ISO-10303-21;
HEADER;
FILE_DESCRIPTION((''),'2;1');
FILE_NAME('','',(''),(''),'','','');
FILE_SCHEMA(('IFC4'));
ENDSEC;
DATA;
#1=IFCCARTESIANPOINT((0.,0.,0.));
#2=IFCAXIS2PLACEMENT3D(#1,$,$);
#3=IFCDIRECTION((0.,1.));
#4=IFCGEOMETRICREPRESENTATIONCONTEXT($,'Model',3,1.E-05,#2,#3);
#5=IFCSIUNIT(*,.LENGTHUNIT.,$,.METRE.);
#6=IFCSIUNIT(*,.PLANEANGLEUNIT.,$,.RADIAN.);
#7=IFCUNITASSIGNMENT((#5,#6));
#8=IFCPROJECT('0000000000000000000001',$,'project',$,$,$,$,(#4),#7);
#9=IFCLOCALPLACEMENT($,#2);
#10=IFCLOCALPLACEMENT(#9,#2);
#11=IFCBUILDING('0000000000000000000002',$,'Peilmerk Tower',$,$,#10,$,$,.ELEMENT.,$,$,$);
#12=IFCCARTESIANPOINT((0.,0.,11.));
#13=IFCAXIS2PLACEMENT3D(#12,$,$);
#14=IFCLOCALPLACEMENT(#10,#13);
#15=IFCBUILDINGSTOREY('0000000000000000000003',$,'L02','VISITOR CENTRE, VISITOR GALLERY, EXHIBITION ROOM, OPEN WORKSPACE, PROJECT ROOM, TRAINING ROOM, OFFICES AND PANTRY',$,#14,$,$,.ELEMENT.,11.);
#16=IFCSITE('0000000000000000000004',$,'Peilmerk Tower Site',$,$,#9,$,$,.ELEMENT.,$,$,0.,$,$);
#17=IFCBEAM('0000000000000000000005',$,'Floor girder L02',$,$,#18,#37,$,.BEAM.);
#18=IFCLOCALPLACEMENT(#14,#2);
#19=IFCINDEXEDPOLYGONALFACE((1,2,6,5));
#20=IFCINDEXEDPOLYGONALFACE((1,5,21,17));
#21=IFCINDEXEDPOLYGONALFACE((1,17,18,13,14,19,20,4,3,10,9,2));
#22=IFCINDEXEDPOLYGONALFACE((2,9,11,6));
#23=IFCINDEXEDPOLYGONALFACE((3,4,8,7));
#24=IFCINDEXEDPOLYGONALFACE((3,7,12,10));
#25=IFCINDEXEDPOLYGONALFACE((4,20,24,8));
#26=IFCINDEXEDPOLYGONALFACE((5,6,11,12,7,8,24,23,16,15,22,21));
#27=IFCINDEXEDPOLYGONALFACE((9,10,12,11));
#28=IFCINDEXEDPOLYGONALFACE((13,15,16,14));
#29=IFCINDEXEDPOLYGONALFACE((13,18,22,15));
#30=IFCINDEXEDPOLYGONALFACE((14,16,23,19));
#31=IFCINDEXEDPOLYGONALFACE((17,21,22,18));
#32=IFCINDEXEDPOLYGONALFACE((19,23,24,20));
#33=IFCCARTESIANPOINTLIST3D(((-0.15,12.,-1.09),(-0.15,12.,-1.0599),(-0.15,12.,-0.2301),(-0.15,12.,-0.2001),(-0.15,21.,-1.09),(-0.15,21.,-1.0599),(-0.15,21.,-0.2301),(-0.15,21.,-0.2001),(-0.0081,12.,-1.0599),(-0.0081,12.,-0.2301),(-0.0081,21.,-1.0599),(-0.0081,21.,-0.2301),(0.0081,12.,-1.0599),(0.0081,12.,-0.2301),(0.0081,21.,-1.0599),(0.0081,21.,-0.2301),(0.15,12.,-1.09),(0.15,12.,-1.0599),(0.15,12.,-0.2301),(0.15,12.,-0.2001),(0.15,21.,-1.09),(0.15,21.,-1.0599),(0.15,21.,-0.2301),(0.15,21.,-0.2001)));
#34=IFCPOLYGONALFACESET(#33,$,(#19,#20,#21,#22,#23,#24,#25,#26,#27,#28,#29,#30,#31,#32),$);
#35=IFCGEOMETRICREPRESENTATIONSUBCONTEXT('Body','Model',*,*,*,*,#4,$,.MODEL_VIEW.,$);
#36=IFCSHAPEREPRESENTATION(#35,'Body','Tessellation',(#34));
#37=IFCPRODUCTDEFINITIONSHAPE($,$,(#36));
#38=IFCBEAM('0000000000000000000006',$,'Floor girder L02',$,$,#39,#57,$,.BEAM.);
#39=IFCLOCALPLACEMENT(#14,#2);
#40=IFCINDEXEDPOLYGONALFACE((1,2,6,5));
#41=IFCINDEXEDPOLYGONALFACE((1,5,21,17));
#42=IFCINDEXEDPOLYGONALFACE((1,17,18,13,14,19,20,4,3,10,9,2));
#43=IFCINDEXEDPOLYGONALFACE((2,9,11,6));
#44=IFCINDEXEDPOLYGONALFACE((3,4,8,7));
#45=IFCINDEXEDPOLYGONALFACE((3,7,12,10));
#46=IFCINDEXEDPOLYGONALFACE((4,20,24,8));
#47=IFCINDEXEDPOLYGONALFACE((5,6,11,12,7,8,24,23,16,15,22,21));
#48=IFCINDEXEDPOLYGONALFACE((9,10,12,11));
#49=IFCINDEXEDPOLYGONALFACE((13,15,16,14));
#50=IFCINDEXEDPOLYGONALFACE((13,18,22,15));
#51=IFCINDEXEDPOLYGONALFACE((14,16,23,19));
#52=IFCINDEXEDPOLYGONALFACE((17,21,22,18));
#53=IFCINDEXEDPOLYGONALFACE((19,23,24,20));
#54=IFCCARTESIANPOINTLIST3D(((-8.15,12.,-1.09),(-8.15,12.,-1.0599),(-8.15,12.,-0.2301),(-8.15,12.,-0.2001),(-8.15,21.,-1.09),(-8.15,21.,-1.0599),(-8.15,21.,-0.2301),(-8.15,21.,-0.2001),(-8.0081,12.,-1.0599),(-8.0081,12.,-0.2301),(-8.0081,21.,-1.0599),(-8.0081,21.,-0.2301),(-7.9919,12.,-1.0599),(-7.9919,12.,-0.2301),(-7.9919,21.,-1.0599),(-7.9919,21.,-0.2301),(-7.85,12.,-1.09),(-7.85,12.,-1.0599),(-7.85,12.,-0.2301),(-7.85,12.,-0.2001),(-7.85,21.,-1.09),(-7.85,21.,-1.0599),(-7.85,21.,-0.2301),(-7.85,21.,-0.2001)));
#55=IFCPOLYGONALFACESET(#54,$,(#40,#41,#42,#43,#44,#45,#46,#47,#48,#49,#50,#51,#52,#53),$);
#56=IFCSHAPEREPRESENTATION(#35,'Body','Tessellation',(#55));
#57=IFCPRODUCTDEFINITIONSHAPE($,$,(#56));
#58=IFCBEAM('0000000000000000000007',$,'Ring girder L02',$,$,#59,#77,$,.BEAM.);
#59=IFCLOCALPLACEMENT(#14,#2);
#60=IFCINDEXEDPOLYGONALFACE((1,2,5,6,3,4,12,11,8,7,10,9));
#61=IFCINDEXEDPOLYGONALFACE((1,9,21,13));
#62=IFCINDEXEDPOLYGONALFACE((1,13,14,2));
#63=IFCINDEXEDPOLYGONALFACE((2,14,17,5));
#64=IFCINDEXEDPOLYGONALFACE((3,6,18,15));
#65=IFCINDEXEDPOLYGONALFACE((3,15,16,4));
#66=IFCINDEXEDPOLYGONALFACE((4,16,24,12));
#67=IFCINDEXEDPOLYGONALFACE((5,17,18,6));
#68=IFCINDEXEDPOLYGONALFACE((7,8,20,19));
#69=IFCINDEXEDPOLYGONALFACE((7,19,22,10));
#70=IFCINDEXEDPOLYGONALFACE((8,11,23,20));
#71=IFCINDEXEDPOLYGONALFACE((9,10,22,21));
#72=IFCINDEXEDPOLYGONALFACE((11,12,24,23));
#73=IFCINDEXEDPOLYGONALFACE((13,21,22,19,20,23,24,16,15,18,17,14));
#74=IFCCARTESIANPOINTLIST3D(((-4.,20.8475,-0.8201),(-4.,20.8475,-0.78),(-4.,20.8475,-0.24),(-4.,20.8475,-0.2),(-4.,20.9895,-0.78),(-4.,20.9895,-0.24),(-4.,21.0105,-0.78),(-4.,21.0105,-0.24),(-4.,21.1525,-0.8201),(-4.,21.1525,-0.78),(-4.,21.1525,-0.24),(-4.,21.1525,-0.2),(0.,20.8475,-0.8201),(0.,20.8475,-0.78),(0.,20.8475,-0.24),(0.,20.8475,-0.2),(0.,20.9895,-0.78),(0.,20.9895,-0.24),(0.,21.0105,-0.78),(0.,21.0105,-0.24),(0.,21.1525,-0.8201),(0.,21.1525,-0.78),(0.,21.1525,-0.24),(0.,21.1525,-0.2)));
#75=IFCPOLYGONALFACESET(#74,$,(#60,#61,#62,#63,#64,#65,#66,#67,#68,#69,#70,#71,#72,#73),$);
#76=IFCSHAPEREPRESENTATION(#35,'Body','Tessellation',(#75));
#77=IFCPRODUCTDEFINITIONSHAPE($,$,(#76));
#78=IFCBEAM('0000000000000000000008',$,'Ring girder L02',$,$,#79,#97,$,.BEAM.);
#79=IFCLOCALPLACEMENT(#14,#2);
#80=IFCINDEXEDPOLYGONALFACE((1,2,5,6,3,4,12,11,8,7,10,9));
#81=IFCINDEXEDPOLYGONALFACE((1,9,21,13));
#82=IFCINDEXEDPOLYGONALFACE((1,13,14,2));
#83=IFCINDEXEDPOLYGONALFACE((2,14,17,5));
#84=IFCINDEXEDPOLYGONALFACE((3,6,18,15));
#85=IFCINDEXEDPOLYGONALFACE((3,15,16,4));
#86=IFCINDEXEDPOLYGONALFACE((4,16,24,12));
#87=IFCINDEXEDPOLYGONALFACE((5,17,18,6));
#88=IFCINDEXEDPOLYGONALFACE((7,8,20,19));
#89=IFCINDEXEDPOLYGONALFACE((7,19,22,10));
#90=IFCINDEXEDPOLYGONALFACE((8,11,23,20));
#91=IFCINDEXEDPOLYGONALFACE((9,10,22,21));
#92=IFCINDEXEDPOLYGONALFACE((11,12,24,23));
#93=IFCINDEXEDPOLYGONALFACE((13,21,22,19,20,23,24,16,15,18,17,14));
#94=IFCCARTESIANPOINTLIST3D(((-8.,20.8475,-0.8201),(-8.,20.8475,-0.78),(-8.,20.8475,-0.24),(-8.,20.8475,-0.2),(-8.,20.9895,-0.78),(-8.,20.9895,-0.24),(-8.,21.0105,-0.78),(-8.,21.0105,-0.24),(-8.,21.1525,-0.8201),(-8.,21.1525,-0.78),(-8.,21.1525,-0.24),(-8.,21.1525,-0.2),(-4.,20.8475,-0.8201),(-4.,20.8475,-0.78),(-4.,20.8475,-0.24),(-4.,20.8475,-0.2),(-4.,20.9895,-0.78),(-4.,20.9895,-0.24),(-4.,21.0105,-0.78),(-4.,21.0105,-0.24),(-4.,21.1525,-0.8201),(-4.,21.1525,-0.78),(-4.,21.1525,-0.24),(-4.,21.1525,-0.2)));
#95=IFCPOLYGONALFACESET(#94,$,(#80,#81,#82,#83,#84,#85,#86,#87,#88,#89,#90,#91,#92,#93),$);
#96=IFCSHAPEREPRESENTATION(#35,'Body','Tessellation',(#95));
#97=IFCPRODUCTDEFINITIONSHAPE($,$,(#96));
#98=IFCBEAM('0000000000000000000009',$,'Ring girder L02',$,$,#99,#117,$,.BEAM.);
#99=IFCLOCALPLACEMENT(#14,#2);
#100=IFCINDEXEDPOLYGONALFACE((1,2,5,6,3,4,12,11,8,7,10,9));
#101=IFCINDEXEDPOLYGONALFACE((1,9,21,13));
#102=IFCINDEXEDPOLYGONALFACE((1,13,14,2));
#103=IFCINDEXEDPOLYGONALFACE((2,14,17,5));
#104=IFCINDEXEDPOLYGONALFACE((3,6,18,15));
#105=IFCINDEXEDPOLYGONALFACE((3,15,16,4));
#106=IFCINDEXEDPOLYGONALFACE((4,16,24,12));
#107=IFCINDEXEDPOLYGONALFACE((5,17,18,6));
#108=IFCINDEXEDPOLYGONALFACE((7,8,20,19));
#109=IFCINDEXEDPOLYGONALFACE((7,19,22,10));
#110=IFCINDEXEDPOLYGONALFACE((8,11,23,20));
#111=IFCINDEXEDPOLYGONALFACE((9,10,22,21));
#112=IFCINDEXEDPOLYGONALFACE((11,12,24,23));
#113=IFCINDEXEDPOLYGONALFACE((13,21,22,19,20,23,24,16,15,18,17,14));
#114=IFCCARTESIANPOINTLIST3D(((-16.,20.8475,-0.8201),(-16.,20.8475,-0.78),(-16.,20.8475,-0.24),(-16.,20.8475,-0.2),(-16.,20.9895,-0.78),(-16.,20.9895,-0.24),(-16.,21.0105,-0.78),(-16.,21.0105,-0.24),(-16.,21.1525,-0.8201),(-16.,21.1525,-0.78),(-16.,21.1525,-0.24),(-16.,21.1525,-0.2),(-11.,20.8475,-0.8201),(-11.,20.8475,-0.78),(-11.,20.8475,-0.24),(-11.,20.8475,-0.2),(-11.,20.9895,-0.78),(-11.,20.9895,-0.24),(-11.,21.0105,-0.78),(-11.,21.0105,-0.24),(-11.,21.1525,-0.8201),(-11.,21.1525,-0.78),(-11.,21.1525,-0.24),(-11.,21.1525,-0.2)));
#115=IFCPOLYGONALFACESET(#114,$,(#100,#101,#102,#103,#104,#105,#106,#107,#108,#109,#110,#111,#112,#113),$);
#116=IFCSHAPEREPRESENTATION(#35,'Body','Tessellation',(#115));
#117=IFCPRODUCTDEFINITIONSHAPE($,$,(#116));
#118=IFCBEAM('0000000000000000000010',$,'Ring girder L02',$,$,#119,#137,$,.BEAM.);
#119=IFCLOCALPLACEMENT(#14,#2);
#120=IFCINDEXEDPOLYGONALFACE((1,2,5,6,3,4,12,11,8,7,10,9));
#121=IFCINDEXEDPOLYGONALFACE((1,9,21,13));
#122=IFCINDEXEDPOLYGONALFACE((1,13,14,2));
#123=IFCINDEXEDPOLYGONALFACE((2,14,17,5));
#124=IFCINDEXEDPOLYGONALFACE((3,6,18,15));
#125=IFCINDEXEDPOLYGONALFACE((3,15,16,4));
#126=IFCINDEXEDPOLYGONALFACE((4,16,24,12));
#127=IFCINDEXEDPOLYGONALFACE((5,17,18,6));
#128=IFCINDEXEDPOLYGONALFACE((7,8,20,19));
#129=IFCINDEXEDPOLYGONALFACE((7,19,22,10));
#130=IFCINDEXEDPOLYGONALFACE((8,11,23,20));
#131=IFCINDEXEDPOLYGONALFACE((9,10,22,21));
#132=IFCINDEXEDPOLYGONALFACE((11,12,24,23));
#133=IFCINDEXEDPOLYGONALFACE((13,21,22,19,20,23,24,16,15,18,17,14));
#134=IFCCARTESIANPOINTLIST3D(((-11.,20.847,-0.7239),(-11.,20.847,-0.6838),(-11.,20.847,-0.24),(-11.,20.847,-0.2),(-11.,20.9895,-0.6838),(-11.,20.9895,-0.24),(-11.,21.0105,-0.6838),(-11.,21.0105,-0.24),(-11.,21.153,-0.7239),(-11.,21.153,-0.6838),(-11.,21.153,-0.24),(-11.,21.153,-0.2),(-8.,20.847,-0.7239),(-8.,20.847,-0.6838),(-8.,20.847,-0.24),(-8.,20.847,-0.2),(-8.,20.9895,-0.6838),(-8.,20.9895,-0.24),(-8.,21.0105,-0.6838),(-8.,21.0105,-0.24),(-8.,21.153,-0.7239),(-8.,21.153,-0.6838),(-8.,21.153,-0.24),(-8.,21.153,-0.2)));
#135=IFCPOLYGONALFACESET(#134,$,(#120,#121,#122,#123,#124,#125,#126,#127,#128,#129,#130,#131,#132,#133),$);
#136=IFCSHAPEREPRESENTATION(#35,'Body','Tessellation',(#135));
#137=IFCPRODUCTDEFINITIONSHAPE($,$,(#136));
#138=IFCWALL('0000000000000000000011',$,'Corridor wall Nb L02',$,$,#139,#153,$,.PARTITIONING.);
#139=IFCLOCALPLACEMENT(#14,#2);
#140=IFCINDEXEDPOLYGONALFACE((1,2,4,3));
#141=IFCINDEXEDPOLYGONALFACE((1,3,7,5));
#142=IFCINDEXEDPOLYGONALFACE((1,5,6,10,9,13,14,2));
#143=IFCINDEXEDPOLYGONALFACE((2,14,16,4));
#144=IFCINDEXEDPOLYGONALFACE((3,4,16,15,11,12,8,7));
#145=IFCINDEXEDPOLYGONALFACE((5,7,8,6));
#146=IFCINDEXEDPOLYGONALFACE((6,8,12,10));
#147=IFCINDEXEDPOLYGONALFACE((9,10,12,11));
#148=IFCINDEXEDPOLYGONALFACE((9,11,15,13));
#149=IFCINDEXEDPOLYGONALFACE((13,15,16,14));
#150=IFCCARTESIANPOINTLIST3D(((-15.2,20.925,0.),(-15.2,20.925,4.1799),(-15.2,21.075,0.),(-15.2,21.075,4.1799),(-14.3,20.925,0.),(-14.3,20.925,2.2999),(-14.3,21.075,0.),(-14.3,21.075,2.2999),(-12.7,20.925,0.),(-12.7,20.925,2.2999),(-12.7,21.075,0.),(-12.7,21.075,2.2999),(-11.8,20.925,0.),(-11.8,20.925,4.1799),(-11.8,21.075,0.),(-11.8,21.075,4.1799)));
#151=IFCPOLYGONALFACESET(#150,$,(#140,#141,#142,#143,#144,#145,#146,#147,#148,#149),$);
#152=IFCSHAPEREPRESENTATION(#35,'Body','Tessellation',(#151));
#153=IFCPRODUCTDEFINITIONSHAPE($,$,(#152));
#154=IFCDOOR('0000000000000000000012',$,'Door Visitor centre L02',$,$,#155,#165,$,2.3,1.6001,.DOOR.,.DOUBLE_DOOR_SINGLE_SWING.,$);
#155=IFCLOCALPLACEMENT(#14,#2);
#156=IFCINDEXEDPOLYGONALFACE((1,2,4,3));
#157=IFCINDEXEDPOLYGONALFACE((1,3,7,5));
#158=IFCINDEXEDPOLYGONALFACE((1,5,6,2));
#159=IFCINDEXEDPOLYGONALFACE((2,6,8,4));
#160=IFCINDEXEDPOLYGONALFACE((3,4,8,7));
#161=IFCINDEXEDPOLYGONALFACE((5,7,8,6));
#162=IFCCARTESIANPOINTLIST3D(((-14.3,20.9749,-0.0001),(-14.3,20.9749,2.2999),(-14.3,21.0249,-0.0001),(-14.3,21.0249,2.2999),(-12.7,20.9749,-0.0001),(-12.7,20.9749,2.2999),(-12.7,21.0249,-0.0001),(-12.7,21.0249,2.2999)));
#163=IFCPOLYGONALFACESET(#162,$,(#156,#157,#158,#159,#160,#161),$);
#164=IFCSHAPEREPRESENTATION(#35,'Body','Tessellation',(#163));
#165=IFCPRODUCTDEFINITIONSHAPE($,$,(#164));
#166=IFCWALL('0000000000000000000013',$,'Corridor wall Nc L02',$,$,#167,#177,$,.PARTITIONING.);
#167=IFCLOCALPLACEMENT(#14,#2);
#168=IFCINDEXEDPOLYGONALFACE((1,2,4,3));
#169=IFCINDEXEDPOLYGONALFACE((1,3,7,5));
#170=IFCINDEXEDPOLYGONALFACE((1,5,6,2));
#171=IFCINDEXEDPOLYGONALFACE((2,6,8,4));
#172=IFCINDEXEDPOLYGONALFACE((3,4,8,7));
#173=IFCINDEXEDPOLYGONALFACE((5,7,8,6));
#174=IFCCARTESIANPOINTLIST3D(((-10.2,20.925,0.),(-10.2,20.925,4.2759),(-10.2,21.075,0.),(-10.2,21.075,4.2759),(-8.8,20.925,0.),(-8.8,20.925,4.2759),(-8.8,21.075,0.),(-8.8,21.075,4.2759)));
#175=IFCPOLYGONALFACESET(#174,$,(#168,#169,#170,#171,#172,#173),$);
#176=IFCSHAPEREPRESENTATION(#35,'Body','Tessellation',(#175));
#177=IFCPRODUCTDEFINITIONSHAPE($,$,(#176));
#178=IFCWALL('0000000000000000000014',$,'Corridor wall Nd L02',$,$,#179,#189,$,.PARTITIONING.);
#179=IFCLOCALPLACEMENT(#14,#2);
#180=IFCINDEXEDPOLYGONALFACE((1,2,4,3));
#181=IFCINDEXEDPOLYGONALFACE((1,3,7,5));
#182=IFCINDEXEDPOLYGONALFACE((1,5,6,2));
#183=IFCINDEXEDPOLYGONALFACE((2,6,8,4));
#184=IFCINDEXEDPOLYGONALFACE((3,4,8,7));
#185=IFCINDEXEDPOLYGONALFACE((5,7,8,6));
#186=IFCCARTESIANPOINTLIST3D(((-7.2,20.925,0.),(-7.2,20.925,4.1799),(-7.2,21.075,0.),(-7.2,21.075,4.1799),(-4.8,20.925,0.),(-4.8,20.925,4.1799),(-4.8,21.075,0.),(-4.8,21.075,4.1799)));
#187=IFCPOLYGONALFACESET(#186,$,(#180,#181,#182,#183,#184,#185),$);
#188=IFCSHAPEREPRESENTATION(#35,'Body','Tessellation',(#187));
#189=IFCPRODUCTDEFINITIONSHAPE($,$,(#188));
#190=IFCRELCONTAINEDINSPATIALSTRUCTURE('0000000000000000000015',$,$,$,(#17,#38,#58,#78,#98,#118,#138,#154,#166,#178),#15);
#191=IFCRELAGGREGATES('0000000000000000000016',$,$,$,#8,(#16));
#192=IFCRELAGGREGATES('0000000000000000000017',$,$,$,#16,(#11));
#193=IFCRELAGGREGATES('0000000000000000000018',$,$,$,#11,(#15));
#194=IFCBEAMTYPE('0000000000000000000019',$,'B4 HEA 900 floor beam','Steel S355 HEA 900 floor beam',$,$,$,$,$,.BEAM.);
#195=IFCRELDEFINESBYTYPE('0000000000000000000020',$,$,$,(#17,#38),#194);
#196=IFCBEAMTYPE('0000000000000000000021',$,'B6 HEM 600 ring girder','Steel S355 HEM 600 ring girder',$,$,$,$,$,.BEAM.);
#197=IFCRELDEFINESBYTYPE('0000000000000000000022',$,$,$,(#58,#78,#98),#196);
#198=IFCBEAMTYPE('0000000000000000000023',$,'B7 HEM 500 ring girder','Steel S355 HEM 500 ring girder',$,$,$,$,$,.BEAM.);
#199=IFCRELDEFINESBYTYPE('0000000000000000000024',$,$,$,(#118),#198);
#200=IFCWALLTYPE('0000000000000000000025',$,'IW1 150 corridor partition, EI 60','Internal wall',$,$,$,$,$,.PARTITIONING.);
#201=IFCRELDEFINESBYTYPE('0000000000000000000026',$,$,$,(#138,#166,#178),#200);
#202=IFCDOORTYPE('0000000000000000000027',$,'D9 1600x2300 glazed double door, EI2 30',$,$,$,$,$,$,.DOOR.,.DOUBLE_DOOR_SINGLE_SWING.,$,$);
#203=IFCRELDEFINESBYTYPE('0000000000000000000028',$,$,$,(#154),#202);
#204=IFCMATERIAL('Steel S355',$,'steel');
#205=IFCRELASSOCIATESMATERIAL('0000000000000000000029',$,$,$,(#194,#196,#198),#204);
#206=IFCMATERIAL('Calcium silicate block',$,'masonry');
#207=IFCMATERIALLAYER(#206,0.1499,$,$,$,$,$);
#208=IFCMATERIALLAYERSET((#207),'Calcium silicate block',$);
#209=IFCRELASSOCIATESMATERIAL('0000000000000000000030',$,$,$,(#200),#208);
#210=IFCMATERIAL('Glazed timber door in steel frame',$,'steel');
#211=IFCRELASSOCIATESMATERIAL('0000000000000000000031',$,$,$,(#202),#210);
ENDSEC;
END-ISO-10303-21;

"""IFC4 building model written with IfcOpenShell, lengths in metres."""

from ifc_helpers import new_model, si_unit, direction, frame, frame_2d, origin, origin_2d, place, context, subcontext, project, spatial, rectangle, i_section, extrude, material, layer, layer_set, material_profile, profile_set, type_object, element, fill, save


model = new_model("IFC4")

# Units and contexts
model_context = context("Model", 3, precision=1e-05, world=origin(), true_north=direction((0.0, 1.0)))
body_context = subcontext(model_context, "Body", "Model", "MODEL_VIEW")
ifc_project = project(units=[si_unit("LENGTHUNIT", "METRE"), si_unit("PLANEANGLEUNIT", "RADIAN")], contexts=[model_context])

# Site, building, storey
site_placement = place(None, origin())
site = spatial("IfcSite", under=ifc_project, at=site_placement, Name="Peilmerk Tower Site", CompositionType="ELEMENT", RefElevation=0.0)
building_placement = place(site_placement, origin())
building = spatial("IfcBuilding", under=site, at=building_placement, Name="Peilmerk Tower", CompositionType="ELEMENT")
storey_placement = place(building_placement, frame((0.0, 0.0, 11.0)))
storey = spatial("IfcBuildingStorey", under=building, at=storey_placement, Name="L02", Description="VISITOR CENTRE, VISITOR GALLERY, EXHIBITION ROOM, OPEN WORKSPACE, PROJECT ROOM, TRAINING ROOM, OFFICES AND PANTRY", CompositionType="ELEMENT", Elevation=11.0)

# Beams
ifc_material_1 = material(Name="Steel S355", Category="steel")
ifc_material_profile_1 = material_profile(ifc_material_1, i_section(OverallWidth=0.3, OverallDepth=0.8899, WebThickness=0.0161, FlangeThickness=0.03, at=origin_2d()), Name="HEA 900")
ifc_profile_set_1 = profile_set([ifc_material_profile_1], Name="Steel S355")
beam_type_1 = type_object("IfcBeamType", Name="B4 HEA 900 floor beam", Description="Steel S355 HEA 900 floor beam", PredefinedType="BEAM", material=ifc_profile_set_1)
for number, where, z_axis, x_axis, name in (
    (1, (0.0, 12.0, -0.645), (0.0, 1.0, 0.0), (-1.0, 0.0, 0.0), "Floor girder L02"),
    (2, (-8.0, 12.0, -0.645), (0.0, 1.0, 0.0), (-1.0, 0.0, 0.0), "Floor girder L02"),
):
    element("IfcBeam", number, at=place(storey_placement, frame(where, z_axis=z_axis, x_axis=x_axis)), inside=storey, type_object=beam_type_1, Name=name, PredefinedType="BEAM", context=body_context, shape_type="SweptSolid", body=[
        extrude(i_section(OverallWidth=0.3, OverallDepth=0.8899, WebThickness=0.0161, FlangeThickness=0.03, at=origin_2d()), origin(), (0.0, 0.0, 1.0), 9.0),
    ])
ifc_material_profile_2 = material_profile(ifc_material_1, i_section(OverallWidth=0.3049, OverallDepth=0.6201, WebThickness=0.021, FlangeThickness=0.04, at=origin_2d()), Name="HEM 600")
ifc_profile_set_2 = profile_set([ifc_material_profile_2], Name="Steel S355")
beam_type_2 = type_object("IfcBeamType", Name="B6 HEM 600 ring girder", Description="Steel S355 HEM 600 ring girder", PredefinedType="BEAM", material=ifc_profile_set_2)
for number, where, z_axis, x_axis, name in (
    (3, (0.0, 21.0, -0.51), (-1.0, 0.0, 0.0), (0.0, -1.0, 0.0), "Ring girder L02"),
    (4, (-4.0, 21.0, -0.51), (-1.0, 0.0, 0.0), (0.0, -1.0, 0.0), "Ring girder L02"),
):
    element("IfcBeam", number, at=place(storey_placement, frame(where, z_axis=z_axis, x_axis=x_axis)), inside=storey, type_object=beam_type_2, Name=name, PredefinedType="BEAM", context=body_context, shape_type="SweptSolid", body=[
        extrude(i_section(OverallWidth=0.3049, OverallDepth=0.6201, WebThickness=0.021, FlangeThickness=0.04, at=origin_2d()), origin(), (0.0, 0.0, 1.0), 4.0),
    ])
beam_1_placement = place(storey_placement, frame((-11.0, 21.0, -0.51), z_axis=(-1.0, 0.0, 0.0), x_axis=(0.0, -1.0, 0.0)))
element("IfcBeam", 5, at=beam_1_placement, inside=storey, type_object=beam_type_2, Name="Ring girder L02", PredefinedType="BEAM", context=body_context, shape_type="SweptSolid", body=[
    extrude(i_section(OverallWidth=0.3049, OverallDepth=0.6201, WebThickness=0.021, FlangeThickness=0.04, at=origin_2d()), origin(), (0.0, 0.0, 1.0), 5.0),
])
ifc_material_profile_3 = material_profile(ifc_material_1, i_section(OverallWidth=0.3059, OverallDepth=0.5239, WebThickness=0.021, FlangeThickness=0.04, at=origin_2d()), Name="HEM 500")
ifc_profile_set_3 = profile_set([ifc_material_profile_3], Name="Steel S355")
beam_type_3 = type_object("IfcBeamType", Name="B7 HEM 500 ring girder", Description="Steel S355 HEM 500 ring girder", PredefinedType="BEAM", material=ifc_profile_set_3)
beam_2_placement = place(storey_placement, frame((-8.0, 21.0, -0.4619), z_axis=(-1.0, 0.0, 0.0), x_axis=(0.0, -1.0, 0.0)))
element("IfcBeam", 6, at=beam_2_placement, inside=storey, type_object=beam_type_3, Name="Ring girder L02", PredefinedType="BEAM", context=body_context, shape_type="SweptSolid", body=[
    extrude(i_section(OverallWidth=0.3059, OverallDepth=0.5239, WebThickness=0.021, FlangeThickness=0.04, at=origin_2d()), origin(), (0.0, 0.0, 1.0), 3.0),
])

# Wall, opening, door
ifc_material_2 = material(Name="Calcium silicate block", Category="masonry")
ifc_layer_1 = layer(ifc_material_2, 0.1499)
ifc_layer_set_1 = layer_set([ifc_layer_1], Name="Calcium silicate block")
wall_type_1 = type_object("IfcWallType", Name="IW1 150 corridor partition, EI 60", Description="Internal wall", PredefinedType="PARTITIONING", material=ifc_layer_set_1)
wall_1_placement = place(storey_placement, frame((-15.2, 21.0, 0.0), z_axis=(0.0, 0.0, 1.0), x_axis=(1.0, 0.0, 0.0)))
wall_1 = element("IfcWall", 7, at=wall_1_placement, inside=storey, type_object=wall_type_1, Name="Corridor wall Nb L02", PredefinedType="PARTITIONING", context=body_context, shape_type="SweptSolid", body=[
    extrude(rectangle(XDim=3.3999, YDim=0.1499, at=frame_2d((1.7, 0.0))), origin(), (0.0, 0.0, 1.0), 4.1799),
])
opening_1_placement = place(wall_1_placement, frame((0.8999, 0.0, 0.0)))
opening_1 = element("IfcOpeningElement", 8, at=opening_1_placement, cuts=wall_1, PredefinedType="OPENING", context=body_context, shape_type="SweptSolid", body=[
    extrude(rectangle(XDim=1.6001, YDim=2.3, at=frame_2d((0.8, 1.1499))), frame((0.0, 0.085, 0.0), z_axis=(0.0, -1.0, 0.0), x_axis=(1.0, 0.0, 0.0)), (0.0, 0.0, 1.0), 0.1699),
])
ifc_material_3 = material(Name="Glazed timber door in steel frame", Category="steel")
door_type_1 = type_object("IfcDoorType", Name="D9 1600x2300 glazed double door, EI2 30", OperationType="DOUBLE_DOOR_SINGLE_SWING", PredefinedType="DOOR", material=ifc_material_3)
door_1_placement = place(opening_1_placement, origin())
door_1 = element("IfcDoor", 9, at=door_1_placement, inside=storey, type_object=door_type_1, Name="Door Visitor centre L02", OperationType="DOUBLE_DOOR_SINGLE_SWING", OverallHeight=2.3, OverallWidth=1.6001, PredefinedType="DOOR", context=body_context, shape_type="SweptSolid", body=[
    extrude(rectangle(XDim=1.6001, YDim=2.3, at=frame_2d((0.8, 1.1499))), frame((0.0, 0.0249, 0.0), z_axis=(0.0, -1.0, 0.0), x_axis=(1.0, 0.0, 0.0)), (0.0, 0.0, 1.0), 0.05),
])
fill(opening_1, door_1)

# Walls
wall_2_placement = place(storey_placement, frame((-10.2, 21.0, 0.0), z_axis=(0.0, 0.0, 1.0), x_axis=(1.0, 0.0, 0.0)))
element("IfcWall", 10, at=wall_2_placement, inside=storey, type_object=wall_type_1, Name="Corridor wall Nc L02", PredefinedType="PARTITIONING", context=body_context, shape_type="SweptSolid", body=[
    extrude(rectangle(XDim=1.3999, YDim=0.1499, at=frame_2d((0.7, 0.0))), origin(), (0.0, 0.0, 1.0), 4.2759),
])
wall_3_placement = place(storey_placement, frame((-7.2, 21.0, 0.0), z_axis=(0.0, 0.0, 1.0), x_axis=(1.0, 0.0, 0.0)))
element("IfcWall", 11, at=wall_3_placement, inside=storey, type_object=wall_type_1, Name="Corridor wall Nd L02", PredefinedType="PARTITIONING", context=body_context, shape_type="SweptSolid", body=[
    extrude(rectangle(XDim=2.3999, YDim=0.1499, at=frame_2d((1.2, 0.0))), origin(), (0.0, 0.0, 1.0), 4.1799),
])

save(model, "model.ifc")
